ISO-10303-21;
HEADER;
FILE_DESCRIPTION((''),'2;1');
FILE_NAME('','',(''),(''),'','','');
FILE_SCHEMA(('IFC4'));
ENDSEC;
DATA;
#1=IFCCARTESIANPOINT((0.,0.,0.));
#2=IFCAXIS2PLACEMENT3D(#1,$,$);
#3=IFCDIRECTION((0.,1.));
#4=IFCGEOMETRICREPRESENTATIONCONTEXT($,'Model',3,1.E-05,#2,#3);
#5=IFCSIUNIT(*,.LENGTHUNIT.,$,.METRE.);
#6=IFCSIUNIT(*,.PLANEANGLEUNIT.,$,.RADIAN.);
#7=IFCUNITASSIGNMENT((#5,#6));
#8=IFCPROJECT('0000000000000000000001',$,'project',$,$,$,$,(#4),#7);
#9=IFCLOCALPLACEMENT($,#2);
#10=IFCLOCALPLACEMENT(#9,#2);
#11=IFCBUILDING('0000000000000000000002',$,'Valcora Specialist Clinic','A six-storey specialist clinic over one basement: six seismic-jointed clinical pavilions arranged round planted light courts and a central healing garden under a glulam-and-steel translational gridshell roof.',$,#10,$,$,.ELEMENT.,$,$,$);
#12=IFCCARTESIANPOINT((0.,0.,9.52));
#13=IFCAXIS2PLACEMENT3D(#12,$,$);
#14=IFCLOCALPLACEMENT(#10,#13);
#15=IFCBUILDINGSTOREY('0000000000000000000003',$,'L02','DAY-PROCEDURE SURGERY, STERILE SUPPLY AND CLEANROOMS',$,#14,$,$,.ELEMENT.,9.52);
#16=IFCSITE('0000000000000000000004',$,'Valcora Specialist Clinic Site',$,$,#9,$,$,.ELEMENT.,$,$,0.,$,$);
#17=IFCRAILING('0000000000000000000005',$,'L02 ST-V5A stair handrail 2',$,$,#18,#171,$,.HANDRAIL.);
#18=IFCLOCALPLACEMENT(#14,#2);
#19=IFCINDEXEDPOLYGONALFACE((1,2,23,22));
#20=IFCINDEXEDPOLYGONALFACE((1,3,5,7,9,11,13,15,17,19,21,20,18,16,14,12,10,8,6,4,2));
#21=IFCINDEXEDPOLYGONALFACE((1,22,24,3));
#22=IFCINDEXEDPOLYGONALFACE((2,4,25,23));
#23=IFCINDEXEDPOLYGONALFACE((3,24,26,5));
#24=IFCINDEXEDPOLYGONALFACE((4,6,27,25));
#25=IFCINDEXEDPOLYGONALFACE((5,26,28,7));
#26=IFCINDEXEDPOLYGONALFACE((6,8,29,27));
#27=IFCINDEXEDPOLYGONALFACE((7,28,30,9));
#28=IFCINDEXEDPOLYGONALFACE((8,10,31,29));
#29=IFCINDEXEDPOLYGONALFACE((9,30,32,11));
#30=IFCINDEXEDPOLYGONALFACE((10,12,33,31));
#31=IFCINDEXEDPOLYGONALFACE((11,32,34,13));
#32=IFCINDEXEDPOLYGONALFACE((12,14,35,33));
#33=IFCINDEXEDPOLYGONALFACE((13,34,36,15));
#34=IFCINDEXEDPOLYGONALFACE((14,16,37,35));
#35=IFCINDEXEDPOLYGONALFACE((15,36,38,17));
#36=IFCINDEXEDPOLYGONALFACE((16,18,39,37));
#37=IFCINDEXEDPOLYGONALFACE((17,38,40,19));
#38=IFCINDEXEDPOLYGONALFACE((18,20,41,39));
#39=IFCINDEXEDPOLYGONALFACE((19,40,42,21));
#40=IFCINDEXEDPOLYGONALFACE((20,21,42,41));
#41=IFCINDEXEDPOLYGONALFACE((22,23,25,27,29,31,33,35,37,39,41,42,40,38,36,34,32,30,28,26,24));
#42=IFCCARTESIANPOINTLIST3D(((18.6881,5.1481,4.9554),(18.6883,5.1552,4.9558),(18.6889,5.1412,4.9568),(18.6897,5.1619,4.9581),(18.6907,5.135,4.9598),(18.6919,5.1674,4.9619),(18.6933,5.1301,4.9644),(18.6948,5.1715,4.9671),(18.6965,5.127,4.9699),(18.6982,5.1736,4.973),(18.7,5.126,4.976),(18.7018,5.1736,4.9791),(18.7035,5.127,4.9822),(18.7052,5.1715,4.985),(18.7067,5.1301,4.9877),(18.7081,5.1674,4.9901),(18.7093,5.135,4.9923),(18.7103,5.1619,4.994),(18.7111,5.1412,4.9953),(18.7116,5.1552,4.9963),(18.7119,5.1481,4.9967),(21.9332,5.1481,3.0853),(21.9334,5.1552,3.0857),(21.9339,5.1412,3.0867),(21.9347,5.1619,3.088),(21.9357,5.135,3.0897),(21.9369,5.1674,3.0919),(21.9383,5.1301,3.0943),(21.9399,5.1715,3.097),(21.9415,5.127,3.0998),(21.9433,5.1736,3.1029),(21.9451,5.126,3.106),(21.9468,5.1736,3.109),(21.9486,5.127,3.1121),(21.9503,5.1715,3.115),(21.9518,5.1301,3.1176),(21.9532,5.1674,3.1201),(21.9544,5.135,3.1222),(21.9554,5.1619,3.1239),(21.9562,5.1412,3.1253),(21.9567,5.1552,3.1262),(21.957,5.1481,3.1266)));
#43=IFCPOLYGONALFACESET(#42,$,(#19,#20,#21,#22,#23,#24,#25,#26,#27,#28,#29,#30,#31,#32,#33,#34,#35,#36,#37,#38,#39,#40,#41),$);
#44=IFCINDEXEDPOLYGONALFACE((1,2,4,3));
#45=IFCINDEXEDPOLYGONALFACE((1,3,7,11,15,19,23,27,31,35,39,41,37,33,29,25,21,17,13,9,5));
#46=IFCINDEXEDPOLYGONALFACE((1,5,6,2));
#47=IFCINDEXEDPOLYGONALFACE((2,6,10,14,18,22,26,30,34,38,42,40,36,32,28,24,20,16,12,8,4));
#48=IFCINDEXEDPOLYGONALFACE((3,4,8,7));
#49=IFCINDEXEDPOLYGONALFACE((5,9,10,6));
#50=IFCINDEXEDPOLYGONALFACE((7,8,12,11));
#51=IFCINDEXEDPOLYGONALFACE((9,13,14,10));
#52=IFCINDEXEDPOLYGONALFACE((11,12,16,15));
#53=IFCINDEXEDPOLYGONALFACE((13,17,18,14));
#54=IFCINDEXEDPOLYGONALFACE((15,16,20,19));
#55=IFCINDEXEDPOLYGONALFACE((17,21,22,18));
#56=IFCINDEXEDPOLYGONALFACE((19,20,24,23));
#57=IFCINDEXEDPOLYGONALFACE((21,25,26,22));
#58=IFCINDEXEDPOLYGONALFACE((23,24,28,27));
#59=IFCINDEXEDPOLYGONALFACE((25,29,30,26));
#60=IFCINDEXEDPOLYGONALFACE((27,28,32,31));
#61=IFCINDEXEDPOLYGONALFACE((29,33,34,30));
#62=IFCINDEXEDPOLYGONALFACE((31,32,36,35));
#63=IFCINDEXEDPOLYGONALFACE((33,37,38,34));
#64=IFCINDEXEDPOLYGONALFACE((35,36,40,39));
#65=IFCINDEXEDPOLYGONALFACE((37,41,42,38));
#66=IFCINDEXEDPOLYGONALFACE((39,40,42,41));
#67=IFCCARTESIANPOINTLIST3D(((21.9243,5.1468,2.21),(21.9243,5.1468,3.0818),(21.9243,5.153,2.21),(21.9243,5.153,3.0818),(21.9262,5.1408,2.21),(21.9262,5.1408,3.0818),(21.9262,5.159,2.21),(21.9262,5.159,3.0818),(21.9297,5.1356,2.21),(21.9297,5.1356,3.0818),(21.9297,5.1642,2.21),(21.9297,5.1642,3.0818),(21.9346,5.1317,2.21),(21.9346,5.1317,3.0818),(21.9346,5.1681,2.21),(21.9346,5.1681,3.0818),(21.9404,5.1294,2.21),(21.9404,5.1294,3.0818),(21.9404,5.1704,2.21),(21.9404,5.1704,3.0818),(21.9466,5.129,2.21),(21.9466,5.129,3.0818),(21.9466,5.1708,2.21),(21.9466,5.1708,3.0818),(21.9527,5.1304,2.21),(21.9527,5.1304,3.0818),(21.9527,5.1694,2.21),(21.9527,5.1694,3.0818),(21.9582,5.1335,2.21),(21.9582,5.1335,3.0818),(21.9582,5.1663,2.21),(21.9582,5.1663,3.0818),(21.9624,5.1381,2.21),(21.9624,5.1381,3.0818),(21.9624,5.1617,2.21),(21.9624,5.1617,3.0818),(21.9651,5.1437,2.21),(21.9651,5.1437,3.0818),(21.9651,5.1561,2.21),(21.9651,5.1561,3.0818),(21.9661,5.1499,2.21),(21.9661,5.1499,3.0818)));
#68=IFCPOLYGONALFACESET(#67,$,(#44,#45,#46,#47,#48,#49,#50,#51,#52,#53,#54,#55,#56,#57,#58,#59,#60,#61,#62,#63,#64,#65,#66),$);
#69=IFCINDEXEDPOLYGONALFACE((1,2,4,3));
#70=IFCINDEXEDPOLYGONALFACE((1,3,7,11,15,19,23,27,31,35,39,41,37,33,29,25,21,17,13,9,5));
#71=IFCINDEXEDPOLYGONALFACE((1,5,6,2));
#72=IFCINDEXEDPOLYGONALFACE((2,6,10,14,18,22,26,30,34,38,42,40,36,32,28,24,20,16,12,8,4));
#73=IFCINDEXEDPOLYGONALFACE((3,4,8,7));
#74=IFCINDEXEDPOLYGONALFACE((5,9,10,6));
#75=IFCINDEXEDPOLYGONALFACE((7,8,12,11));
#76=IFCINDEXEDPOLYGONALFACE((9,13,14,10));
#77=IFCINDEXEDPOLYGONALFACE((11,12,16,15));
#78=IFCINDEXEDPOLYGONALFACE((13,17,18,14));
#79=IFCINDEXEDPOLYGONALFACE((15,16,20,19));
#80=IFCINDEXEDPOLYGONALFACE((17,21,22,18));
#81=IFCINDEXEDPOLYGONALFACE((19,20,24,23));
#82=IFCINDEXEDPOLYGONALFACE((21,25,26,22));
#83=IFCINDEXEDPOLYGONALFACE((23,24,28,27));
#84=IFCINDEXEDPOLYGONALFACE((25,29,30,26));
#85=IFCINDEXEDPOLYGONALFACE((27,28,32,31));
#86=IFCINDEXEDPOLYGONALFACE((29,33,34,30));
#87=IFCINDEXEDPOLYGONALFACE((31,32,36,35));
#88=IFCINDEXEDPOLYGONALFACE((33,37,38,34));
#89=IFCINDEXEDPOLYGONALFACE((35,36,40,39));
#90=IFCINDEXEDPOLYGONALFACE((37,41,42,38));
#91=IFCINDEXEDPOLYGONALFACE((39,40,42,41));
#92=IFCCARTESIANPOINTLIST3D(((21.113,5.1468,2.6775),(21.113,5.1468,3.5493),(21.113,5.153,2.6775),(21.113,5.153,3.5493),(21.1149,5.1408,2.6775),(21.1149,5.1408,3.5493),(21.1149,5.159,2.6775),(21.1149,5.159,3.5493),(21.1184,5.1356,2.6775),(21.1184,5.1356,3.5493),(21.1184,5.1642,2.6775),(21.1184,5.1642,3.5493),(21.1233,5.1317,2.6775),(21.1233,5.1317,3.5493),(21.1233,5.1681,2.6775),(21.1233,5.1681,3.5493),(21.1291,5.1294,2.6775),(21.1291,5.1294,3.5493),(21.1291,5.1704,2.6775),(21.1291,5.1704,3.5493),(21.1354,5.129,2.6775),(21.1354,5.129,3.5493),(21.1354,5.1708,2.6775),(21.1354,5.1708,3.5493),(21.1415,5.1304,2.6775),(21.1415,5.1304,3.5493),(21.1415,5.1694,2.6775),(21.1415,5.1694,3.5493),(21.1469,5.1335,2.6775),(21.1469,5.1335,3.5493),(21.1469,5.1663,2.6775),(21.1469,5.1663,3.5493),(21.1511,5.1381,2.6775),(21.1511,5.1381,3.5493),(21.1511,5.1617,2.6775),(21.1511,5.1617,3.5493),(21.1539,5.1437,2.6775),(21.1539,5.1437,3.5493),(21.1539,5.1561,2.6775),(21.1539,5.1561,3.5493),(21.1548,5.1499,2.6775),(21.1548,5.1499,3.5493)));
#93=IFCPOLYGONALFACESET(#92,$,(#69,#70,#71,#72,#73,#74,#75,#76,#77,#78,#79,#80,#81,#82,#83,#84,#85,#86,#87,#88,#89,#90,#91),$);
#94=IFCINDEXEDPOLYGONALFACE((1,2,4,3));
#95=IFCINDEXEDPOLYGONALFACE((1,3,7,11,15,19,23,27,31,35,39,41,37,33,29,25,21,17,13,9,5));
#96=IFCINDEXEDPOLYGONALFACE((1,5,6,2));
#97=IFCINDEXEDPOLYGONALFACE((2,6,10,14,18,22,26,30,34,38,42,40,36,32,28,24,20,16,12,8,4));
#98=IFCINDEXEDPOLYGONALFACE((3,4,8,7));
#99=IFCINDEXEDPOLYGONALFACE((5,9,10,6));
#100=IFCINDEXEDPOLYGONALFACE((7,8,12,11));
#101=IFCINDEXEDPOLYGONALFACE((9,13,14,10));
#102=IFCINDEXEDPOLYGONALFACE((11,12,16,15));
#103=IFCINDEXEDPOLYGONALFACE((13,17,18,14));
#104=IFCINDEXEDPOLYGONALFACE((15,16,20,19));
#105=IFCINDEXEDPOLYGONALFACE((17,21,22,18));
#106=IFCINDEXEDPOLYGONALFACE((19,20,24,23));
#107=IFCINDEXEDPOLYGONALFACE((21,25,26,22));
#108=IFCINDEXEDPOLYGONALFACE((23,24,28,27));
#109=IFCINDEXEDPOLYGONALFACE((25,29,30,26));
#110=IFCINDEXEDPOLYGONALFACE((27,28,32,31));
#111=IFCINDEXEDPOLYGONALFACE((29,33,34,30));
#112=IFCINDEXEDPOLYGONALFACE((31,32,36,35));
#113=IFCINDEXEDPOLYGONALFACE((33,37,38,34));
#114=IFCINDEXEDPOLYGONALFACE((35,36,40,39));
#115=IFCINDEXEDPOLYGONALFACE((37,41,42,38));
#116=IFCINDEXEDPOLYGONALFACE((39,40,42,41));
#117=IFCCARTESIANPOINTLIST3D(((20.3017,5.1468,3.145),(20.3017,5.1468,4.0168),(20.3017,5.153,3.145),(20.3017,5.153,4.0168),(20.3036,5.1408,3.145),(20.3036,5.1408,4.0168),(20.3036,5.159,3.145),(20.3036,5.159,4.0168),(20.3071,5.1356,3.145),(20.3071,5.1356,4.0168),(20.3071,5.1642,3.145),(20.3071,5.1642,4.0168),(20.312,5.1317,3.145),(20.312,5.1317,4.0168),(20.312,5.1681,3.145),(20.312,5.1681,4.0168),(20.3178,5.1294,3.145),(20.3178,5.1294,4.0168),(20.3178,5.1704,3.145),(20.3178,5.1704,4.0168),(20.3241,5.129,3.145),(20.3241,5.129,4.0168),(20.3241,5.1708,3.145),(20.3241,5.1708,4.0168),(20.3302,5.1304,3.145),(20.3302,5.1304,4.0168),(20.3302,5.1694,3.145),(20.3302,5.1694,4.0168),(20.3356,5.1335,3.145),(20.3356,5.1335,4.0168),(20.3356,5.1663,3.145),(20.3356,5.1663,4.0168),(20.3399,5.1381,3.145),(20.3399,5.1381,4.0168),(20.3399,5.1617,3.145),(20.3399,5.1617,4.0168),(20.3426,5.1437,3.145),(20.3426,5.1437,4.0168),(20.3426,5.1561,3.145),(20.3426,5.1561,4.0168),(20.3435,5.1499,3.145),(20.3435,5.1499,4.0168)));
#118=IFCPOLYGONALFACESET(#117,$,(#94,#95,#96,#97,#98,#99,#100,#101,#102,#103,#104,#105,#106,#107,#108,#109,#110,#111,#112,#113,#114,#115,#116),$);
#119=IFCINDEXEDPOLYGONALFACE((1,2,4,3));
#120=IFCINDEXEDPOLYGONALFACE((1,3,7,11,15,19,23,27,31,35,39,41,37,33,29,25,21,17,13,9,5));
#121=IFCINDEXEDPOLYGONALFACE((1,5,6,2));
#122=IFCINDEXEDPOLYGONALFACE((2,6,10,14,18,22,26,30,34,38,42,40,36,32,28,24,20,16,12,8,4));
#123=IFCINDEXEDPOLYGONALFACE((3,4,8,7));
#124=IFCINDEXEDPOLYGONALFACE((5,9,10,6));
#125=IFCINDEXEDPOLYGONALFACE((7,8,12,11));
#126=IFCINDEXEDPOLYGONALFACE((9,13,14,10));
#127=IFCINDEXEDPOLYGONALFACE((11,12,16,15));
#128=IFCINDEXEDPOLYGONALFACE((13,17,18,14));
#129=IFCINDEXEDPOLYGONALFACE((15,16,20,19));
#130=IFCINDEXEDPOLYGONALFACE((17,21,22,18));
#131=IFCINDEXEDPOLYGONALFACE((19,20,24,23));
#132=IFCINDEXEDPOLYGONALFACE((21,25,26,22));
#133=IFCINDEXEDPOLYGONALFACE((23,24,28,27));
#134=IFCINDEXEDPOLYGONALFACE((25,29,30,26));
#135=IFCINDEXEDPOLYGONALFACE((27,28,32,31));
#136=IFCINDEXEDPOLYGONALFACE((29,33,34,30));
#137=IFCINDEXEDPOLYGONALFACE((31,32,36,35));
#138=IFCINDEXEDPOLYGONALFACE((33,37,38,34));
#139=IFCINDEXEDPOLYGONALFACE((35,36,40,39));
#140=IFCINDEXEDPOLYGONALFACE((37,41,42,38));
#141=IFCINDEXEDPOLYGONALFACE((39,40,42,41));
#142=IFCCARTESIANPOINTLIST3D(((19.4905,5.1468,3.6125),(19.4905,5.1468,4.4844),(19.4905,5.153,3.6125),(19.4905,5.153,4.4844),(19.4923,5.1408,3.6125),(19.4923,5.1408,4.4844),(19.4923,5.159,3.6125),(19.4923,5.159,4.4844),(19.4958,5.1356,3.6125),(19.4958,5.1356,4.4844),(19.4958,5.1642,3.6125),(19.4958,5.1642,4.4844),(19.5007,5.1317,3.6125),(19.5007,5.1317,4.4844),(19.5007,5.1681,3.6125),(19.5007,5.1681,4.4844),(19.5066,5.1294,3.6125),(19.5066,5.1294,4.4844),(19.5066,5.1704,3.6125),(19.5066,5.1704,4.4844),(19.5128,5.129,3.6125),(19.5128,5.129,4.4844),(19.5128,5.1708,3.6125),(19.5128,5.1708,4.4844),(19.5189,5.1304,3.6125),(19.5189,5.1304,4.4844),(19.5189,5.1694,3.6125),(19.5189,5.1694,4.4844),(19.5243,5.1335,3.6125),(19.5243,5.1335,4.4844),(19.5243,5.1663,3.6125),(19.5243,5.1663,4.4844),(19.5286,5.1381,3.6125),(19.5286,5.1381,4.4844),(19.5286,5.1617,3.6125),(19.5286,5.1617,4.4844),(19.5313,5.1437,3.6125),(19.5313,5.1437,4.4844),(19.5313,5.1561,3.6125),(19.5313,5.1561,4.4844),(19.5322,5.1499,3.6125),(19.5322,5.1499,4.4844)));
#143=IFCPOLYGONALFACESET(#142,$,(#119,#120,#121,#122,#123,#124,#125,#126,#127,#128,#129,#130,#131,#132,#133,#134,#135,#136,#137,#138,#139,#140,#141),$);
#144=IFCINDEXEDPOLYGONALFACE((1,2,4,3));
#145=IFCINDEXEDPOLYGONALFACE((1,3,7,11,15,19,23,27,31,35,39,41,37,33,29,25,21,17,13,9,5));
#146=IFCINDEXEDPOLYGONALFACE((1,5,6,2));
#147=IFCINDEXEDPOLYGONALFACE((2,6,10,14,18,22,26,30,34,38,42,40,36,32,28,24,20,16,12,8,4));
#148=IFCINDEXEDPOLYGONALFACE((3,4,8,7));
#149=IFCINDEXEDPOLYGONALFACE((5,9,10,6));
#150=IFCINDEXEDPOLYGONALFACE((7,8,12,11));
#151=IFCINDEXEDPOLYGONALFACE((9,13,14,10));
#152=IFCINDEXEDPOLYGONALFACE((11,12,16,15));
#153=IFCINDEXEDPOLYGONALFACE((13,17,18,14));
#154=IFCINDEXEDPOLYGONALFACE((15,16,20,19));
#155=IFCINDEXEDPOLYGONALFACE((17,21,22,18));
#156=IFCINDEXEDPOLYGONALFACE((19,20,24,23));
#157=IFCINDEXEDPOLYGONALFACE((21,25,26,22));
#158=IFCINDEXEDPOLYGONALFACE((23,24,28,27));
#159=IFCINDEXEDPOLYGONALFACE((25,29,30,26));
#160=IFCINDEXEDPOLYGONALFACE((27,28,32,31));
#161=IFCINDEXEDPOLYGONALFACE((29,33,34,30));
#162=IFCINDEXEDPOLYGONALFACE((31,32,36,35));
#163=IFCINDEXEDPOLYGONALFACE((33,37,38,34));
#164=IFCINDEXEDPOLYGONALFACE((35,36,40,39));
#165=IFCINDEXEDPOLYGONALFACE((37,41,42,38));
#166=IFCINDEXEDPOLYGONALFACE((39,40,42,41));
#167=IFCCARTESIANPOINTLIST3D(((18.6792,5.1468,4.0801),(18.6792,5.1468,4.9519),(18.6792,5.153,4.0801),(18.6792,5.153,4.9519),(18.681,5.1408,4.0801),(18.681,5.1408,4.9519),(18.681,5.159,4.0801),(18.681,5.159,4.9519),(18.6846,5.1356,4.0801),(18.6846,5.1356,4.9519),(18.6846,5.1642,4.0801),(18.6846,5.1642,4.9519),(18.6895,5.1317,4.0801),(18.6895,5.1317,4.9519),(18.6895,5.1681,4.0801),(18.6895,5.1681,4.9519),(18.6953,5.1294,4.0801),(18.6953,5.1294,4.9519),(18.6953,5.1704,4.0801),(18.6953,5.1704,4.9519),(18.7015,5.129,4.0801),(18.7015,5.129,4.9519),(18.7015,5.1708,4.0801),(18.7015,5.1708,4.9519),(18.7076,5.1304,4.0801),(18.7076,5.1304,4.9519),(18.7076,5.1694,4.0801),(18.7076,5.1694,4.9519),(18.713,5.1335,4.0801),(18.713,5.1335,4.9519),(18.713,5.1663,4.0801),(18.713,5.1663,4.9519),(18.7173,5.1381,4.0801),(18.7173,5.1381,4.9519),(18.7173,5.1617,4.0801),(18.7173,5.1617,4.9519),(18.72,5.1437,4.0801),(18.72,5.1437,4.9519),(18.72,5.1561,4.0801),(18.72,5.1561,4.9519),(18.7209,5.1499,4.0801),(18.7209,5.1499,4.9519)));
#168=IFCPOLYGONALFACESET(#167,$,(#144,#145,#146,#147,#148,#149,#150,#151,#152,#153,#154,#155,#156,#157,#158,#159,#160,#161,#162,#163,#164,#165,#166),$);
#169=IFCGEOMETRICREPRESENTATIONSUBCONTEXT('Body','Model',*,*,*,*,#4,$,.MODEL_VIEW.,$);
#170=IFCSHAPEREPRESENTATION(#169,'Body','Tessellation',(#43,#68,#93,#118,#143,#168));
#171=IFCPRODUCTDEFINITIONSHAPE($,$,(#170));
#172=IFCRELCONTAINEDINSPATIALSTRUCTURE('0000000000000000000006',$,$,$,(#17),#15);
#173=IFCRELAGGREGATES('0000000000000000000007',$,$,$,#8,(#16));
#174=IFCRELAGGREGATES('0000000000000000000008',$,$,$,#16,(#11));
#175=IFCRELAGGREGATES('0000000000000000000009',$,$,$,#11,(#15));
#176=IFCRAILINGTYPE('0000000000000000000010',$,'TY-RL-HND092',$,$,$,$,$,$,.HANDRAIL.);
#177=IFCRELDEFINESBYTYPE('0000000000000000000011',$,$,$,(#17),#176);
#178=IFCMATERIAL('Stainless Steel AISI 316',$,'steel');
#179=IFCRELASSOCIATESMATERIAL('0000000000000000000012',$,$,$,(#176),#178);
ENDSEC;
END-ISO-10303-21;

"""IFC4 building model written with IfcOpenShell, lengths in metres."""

from ifc_helpers import new_model, si_unit, direction, frame, origin, origin_2d, place, context, subcontext, project, spatial, circle, extrude, material, type_object, element, save


model = new_model("IFC4")

# Units and contexts
model_context = context("Model", 3, precision=1e-05, world=origin(), true_north=direction((0.0, 1.0)))
body_context = subcontext(model_context, "Body", "Model", "MODEL_VIEW")
ifc_project = project(units=[si_unit("LENGTHUNIT", "METRE"), si_unit("PLANEANGLEUNIT", "RADIAN")], contexts=[model_context])

# Site, building, storey
site_placement = place(None, origin())
site = spatial("IfcSite", under=ifc_project, at=site_placement, Name="Valcora Specialist Clinic Site", CompositionType="ELEMENT", RefElevation=0.0)
building_placement = place(site_placement, origin())
building = spatial("IfcBuilding", under=site, at=building_placement, Name="Valcora Specialist Clinic", Description="A six-storey specialist clinic over one basement: six seismic-jointed clinical pavilions arranged round planted light courts and a central healing garden under a glulam-and-steel translational gridshell roof.", CompositionType="ELEMENT")
storey_placement = place(building_placement, frame((0.0, 0.0, 9.52)))
storey = spatial("IfcBuildingStorey", under=building, at=storey_placement, Name="L02", Description="DAY-PROCEDURE SURGERY, STERILE SUPPLY AND CLEANROOMS", CompositionType="ELEMENT", Elevation=9.52)

# Shared definitions
ifc_material_1 = material(Name="Stainless Steel AISI 316", Category="steel")

# Railing
railing_type_1 = type_object("IfcRailingType", Name="TY-RL-HND092", PredefinedType="HANDRAIL", material=ifc_material_1)
railing_1_placement = place(storey_placement, frame((21.9451, 5.1499, 2.21)))
element("IfcRailing", 1, at=railing_1_placement, inside=storey, type_object=railing_type_1, Name="L02 ST-V5A stair handrail 2", PredefinedType="HANDRAIL", context=body_context, shape_type="SweptSolid", body=[
    extrude(circle(Radius=0.0239, at=origin_2d()), frame((0.0, 0.0, 0.896), z_axis=(-0.866424, 0.0, 0.499309), x_axis=(0.0, -1.0, 0.0)), (0.0, 0.0, 1.0), 3.7454),
    extrude(circle(Radius=0.021, at=origin_2d()), origin(), (0.0, 0.0, 1.0), 0.8718),
    extrude(circle(Radius=0.021, at=origin_2d()), frame((-0.8113, 0.0, 0.4675)), (0.0, 0.0, 1.0), 0.8718),
    extrude(circle(Radius=0.021, at=origin_2d()), frame((-1.6226, 0.0, 0.9351)), (0.0, 0.0, 1.0), 0.8718),
    extrude(circle(Radius=0.021, at=origin_2d()), frame((-2.4338, 0.0, 1.4026)), (0.0, 0.0, 1.0), 0.8718),
    extrude(circle(Radius=0.021, at=origin_2d()), frame((-3.2451, 0.0, 1.8701)), (0.0, 0.0, 1.0), 0.8718),
])

save(model, "model.ifc")
